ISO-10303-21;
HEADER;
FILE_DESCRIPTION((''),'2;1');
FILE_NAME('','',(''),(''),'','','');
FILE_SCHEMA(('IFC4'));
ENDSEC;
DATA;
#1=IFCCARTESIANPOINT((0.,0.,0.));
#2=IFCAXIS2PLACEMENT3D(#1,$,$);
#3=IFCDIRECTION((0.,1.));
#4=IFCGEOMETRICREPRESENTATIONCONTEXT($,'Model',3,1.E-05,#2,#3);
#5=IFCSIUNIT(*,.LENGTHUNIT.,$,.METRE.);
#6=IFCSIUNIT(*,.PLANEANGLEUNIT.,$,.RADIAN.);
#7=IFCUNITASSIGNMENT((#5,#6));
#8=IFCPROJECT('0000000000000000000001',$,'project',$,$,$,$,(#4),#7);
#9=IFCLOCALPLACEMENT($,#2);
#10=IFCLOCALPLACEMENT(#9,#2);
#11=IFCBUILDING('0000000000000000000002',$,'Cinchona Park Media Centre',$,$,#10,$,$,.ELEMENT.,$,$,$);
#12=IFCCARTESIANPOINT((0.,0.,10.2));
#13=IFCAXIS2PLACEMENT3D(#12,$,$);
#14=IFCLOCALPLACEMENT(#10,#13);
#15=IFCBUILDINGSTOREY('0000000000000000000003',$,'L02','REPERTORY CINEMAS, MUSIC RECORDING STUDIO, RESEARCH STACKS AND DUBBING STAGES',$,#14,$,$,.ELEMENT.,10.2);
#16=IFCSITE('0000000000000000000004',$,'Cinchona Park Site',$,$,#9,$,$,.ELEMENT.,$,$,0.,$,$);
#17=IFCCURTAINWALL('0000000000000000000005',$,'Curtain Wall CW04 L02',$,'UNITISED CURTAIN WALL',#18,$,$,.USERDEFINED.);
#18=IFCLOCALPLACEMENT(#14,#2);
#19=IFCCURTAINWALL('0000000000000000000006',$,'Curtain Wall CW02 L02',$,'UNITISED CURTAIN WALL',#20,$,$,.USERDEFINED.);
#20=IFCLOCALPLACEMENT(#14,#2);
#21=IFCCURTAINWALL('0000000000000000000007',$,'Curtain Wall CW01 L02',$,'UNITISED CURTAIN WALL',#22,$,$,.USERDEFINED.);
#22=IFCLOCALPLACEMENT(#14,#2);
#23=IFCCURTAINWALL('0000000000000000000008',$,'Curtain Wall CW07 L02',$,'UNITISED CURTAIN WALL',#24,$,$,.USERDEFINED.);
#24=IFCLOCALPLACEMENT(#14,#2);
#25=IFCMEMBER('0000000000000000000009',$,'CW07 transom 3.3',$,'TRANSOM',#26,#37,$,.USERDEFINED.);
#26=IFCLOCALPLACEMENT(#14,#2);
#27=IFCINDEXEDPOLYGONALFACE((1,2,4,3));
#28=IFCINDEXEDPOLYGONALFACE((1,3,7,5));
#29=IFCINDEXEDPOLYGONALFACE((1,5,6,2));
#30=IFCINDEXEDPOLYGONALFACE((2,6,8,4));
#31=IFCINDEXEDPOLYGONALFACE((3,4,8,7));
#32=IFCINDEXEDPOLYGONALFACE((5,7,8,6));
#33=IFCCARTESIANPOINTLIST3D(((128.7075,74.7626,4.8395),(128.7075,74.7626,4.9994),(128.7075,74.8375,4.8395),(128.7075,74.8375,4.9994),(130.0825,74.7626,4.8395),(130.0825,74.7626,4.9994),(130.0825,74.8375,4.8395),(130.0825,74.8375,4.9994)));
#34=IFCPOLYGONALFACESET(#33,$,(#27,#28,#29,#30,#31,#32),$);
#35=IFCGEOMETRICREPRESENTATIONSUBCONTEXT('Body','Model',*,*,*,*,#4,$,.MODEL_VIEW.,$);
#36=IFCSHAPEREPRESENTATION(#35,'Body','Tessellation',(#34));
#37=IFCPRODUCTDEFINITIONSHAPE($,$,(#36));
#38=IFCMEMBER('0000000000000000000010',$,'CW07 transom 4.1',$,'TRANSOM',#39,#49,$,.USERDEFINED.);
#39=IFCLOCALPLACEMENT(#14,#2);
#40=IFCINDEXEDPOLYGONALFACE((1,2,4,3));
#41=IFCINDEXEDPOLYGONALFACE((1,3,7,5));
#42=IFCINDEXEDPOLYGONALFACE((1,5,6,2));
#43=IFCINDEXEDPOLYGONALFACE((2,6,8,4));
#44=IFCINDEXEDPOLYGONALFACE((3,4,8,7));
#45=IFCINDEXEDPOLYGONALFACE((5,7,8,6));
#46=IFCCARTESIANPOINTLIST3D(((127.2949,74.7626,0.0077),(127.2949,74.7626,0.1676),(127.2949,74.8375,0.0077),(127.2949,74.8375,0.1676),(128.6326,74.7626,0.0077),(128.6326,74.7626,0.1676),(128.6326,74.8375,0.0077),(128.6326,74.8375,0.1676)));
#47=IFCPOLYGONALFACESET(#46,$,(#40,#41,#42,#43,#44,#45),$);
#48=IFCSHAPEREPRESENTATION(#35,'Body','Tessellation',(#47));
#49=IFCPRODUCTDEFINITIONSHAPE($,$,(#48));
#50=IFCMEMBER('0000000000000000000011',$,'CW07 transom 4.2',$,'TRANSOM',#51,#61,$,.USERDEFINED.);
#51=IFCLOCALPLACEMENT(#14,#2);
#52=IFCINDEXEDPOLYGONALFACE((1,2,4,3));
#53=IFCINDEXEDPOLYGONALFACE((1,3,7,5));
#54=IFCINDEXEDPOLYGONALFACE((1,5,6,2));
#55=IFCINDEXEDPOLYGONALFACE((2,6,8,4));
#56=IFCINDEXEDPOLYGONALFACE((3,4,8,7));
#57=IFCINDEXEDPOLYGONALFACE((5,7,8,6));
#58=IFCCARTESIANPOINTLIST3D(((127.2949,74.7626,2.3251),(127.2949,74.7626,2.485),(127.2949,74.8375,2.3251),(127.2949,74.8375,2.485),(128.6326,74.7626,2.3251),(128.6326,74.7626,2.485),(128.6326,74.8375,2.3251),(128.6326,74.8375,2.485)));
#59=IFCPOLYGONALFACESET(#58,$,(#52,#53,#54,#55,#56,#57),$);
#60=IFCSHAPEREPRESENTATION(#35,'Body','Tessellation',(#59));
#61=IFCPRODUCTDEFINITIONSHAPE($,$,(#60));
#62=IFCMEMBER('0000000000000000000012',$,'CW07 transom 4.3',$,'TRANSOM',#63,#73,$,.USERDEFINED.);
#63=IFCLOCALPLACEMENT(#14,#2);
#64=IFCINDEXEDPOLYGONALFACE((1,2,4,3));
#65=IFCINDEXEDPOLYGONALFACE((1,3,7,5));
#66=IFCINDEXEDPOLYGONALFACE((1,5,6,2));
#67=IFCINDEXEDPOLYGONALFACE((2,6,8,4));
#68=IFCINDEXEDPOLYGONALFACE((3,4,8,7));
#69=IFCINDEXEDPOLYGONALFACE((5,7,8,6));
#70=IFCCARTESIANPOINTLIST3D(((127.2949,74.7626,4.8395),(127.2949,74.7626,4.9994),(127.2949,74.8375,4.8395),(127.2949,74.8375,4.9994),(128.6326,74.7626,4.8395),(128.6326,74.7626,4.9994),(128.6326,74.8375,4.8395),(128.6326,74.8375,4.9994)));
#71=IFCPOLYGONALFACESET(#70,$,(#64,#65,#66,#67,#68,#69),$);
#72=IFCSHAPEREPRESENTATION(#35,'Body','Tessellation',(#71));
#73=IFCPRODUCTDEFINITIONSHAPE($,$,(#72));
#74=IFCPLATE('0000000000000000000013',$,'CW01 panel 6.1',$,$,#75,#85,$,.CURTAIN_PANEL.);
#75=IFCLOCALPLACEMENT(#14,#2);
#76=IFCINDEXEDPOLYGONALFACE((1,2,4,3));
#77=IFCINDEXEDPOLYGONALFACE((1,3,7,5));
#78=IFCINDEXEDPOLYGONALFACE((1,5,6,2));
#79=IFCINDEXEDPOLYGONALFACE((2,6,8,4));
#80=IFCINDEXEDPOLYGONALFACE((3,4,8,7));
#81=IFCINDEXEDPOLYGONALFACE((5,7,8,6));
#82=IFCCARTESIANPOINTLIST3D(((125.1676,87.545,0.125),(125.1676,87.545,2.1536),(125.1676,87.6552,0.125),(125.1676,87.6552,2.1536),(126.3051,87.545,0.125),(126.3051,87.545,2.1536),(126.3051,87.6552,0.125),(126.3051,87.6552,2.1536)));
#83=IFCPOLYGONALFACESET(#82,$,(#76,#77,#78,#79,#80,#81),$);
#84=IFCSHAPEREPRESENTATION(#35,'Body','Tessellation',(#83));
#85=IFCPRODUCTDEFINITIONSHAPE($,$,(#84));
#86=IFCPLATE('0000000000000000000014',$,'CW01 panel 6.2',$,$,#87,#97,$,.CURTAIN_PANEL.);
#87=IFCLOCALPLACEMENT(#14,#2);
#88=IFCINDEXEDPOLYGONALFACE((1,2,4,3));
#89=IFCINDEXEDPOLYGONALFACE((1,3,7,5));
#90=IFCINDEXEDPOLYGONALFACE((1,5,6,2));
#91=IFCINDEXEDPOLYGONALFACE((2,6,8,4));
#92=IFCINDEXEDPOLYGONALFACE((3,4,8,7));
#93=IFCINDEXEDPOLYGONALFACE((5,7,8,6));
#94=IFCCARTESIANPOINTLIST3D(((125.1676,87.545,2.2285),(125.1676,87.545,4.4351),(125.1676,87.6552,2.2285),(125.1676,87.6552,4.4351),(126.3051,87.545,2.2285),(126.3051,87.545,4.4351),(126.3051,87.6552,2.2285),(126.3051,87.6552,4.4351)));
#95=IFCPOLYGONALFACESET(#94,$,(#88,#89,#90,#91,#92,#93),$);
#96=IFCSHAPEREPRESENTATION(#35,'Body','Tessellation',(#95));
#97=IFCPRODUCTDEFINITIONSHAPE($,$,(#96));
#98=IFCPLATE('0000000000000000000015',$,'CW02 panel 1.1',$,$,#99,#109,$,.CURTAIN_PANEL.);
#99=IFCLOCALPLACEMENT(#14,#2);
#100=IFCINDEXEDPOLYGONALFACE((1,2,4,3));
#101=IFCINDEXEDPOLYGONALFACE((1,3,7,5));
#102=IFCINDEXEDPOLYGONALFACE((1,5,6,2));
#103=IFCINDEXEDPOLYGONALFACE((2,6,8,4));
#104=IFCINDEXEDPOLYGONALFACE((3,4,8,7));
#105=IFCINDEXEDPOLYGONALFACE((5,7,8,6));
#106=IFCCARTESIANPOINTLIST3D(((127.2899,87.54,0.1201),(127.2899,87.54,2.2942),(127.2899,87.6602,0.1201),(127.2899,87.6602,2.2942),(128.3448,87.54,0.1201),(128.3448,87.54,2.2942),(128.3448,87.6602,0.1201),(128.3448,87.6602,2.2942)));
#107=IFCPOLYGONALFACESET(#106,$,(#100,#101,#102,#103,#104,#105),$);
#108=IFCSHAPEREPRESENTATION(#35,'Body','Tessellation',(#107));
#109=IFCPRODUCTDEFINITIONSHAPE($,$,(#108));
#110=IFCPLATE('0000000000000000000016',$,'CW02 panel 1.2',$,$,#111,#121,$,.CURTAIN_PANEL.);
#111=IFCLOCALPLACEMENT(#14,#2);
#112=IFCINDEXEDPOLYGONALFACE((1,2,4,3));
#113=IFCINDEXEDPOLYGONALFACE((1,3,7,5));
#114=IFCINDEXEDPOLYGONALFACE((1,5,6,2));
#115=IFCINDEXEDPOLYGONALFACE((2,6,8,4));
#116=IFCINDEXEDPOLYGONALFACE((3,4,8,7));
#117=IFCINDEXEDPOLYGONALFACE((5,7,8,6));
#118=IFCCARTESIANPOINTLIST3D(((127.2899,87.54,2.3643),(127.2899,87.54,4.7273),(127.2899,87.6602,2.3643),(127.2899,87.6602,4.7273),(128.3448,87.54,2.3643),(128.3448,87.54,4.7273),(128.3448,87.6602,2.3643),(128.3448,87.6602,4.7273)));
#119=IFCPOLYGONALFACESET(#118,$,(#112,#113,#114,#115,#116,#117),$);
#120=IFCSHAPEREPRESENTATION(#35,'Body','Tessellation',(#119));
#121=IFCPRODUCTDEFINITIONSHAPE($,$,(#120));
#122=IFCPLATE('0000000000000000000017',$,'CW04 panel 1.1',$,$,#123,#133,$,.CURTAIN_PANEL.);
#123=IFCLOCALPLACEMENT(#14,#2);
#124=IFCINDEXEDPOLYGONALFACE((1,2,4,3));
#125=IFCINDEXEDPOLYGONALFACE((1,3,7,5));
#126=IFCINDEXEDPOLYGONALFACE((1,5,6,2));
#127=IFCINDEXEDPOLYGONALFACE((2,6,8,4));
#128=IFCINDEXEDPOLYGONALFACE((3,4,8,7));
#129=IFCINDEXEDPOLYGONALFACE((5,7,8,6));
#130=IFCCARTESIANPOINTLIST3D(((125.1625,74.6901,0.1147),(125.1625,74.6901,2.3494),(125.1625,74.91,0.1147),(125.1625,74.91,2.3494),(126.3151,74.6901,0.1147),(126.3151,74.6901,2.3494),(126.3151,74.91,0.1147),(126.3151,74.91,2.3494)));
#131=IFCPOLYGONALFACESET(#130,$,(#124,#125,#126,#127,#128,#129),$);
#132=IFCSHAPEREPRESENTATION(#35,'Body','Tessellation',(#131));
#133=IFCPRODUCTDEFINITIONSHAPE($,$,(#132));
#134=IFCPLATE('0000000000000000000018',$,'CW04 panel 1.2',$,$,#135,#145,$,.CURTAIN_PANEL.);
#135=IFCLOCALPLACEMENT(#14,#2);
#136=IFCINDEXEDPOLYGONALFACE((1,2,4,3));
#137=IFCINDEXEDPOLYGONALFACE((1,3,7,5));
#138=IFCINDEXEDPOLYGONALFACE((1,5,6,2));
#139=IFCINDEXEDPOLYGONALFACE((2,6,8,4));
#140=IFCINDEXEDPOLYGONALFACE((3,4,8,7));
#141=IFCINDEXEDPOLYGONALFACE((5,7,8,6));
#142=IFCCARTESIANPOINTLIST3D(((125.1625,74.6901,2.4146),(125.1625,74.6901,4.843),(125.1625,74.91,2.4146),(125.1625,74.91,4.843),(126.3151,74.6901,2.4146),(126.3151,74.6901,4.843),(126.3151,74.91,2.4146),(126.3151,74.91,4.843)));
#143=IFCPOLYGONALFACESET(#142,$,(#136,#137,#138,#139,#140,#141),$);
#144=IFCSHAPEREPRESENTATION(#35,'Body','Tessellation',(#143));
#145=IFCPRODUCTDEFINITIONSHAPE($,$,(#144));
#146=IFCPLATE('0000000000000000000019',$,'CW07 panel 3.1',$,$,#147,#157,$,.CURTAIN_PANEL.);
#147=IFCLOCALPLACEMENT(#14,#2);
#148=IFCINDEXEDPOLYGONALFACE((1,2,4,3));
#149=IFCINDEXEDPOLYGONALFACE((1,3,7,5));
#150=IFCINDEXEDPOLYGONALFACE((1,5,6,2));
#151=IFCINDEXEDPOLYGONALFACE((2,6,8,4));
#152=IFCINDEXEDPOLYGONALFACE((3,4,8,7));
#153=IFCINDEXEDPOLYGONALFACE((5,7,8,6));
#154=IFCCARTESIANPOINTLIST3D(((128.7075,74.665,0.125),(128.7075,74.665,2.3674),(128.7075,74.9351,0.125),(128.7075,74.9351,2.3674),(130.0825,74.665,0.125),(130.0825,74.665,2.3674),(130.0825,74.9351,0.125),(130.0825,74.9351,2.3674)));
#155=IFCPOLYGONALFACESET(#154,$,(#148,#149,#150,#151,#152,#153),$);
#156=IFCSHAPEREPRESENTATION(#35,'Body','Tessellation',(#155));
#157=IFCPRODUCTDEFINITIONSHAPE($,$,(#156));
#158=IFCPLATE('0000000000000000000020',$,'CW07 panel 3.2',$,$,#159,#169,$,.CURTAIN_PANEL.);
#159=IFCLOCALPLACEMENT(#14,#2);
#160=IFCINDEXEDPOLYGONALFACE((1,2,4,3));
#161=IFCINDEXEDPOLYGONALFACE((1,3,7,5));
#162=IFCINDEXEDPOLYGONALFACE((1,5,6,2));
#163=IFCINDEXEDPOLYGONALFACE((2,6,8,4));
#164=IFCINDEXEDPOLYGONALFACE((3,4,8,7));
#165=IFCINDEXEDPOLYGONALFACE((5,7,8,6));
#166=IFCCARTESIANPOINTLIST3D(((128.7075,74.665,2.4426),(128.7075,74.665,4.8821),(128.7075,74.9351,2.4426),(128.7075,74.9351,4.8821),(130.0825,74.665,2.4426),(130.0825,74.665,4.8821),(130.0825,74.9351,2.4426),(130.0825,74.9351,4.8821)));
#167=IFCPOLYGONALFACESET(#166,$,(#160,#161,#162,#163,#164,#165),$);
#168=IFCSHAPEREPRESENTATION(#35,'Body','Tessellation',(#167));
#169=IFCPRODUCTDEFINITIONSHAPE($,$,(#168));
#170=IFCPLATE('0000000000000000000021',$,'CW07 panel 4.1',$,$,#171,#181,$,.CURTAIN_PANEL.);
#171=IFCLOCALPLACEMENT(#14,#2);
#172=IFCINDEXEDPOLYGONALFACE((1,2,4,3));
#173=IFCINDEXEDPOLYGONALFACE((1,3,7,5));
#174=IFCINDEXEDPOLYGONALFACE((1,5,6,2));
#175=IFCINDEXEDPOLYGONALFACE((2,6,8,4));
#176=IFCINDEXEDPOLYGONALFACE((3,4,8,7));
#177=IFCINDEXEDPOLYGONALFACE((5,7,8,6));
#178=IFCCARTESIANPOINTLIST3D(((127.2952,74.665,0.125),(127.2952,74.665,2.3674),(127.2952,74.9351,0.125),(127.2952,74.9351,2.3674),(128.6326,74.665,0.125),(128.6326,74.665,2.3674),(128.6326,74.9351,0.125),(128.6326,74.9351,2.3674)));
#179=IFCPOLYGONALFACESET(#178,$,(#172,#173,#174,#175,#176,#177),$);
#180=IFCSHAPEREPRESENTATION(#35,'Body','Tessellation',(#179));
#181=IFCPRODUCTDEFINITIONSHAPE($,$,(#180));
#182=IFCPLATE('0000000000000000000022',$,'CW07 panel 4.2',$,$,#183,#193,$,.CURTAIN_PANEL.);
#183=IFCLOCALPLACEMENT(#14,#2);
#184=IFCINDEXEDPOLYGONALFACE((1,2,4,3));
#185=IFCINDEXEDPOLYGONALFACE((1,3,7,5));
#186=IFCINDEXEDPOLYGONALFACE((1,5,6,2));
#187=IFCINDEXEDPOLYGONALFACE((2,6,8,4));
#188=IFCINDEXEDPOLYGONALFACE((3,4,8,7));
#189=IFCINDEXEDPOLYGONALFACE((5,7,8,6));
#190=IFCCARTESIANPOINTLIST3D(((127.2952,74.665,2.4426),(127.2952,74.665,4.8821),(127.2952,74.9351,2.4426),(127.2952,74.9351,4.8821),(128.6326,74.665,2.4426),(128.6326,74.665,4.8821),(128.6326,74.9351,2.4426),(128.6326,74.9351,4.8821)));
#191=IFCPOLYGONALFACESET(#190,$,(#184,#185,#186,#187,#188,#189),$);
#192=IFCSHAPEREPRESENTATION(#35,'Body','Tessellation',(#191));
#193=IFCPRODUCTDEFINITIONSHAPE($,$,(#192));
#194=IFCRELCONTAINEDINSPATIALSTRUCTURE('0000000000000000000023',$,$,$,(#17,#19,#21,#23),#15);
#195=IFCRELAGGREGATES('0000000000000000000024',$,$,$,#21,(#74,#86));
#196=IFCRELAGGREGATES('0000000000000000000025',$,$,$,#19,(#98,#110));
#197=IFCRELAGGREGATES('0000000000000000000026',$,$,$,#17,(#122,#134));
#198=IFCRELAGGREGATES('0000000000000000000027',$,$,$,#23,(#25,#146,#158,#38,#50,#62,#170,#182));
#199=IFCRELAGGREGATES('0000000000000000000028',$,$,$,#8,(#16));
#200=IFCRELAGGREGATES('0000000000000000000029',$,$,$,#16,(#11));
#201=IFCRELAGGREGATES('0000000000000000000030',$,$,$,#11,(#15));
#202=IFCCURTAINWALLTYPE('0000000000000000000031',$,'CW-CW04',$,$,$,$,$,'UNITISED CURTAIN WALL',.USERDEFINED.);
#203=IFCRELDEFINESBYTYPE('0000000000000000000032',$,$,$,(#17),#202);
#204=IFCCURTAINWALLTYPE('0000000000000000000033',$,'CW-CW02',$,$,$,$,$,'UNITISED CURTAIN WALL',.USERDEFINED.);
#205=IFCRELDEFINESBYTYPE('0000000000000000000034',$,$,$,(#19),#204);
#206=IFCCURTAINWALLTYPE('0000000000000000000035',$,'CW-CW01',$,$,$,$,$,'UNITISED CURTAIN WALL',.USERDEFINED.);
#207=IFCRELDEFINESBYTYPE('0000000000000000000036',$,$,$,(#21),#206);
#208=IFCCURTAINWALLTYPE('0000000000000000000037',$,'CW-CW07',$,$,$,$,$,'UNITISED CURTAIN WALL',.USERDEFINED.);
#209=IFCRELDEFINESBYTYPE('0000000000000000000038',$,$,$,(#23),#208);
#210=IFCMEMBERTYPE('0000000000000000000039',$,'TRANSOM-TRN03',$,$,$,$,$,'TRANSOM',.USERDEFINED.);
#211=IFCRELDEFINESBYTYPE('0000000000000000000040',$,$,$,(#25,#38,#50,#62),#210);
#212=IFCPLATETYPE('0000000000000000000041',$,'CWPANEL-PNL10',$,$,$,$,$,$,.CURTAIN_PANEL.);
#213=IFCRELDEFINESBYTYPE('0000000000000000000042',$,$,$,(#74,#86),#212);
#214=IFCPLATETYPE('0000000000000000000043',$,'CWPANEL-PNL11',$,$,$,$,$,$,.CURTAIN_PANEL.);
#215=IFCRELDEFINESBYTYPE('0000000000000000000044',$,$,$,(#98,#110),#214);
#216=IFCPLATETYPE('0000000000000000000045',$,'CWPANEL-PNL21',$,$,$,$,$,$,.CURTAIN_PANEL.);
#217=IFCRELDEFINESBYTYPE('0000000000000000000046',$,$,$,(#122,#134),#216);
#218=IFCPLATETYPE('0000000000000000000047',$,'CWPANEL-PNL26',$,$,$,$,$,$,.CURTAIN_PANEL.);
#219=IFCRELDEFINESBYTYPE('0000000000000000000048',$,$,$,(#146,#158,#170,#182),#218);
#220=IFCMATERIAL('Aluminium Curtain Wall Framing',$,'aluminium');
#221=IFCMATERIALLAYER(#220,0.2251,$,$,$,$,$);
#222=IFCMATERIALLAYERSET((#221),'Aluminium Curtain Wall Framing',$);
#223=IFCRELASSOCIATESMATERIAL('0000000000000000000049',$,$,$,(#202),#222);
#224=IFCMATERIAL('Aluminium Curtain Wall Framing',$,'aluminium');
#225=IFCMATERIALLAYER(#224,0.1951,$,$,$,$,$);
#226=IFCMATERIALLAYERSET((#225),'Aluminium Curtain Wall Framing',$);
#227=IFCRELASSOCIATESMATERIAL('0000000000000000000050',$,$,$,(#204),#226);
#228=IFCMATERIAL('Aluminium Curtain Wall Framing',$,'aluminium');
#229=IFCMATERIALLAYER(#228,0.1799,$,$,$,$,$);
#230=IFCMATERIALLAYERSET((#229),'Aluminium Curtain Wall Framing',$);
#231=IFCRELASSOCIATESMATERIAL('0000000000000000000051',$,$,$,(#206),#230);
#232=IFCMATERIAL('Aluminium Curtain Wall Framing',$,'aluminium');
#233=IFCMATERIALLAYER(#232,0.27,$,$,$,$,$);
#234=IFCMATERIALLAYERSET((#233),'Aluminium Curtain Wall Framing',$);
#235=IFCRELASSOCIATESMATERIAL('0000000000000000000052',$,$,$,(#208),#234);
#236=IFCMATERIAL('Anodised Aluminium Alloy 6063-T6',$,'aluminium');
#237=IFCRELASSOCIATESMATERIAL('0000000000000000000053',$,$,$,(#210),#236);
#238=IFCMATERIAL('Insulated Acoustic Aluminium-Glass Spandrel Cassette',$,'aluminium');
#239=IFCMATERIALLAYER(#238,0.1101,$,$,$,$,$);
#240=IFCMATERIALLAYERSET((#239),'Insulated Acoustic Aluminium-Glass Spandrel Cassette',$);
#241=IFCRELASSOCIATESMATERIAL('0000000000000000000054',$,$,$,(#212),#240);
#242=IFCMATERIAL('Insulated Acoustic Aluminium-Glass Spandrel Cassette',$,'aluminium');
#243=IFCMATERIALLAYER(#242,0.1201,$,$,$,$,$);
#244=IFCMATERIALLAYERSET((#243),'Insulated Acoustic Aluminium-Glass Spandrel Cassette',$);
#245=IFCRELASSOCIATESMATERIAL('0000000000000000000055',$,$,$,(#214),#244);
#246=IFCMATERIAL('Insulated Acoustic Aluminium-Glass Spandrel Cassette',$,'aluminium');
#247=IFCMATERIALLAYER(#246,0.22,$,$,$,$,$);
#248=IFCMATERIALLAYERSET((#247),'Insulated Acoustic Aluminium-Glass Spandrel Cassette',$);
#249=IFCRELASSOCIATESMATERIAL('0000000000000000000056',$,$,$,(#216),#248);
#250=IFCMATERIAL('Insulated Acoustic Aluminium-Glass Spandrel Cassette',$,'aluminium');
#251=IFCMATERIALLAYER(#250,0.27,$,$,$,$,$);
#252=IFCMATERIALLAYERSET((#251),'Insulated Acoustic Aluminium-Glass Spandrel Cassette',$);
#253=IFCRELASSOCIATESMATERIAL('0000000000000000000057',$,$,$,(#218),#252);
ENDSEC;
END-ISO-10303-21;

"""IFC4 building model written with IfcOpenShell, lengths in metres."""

from ifc_helpers import new_model, si_unit, direction, frame, origin, origin_2d, place, context, subcontext, project, spatial, rectangle, extrude, material, layer, layer_set, material_profile, profile_set, type_object, element, aggregate, save


model = new_model("IFC4")

# Units and contexts
model_context = context("Model", 3, precision=1e-05, world=origin(), true_north=direction((0.0, 1.0)))
body_context = subcontext(model_context, "Body", "Model", "MODEL_VIEW")
ifc_project = project(units=[si_unit("LENGTHUNIT", "METRE"), si_unit("PLANEANGLEUNIT", "RADIAN")], contexts=[model_context])

# Site, building, storey
site_placement = place(None, origin())
site = spatial("IfcSite", under=ifc_project, at=site_placement, Name="Cinchona Park Site", CompositionType="ELEMENT", RefElevation=0.0)
building_placement = place(site_placement, origin())
building = spatial("IfcBuilding", under=site, at=building_placement, Name="Cinchona Park Media Centre", CompositionType="ELEMENT")
storey_placement = place(building_placement, frame((0.0, 0.0, 10.2)))
storey = spatial("IfcBuildingStorey", under=building, at=storey_placement, Name="L02", Description="REPERTORY CINEMAS, MUSIC RECORDING STUDIO, RESEARCH STACKS AND DUBBING STAGES", CompositionType="ELEMENT", Elevation=10.2)

# Curtain wall
ifc_material_1 = material(Name="Aluminium Curtain Wall Framing", Category="aluminium")
ifc_layer_1 = layer(ifc_material_1, 0.2251)
ifc_layer_set_1 = layer_set([ifc_layer_1], Name="Aluminium Curtain Wall Framing")
curtain_wall_type_1 = type_object("IfcCurtainWallType", Name="CW-CW04", ElementType="UNITISED CURTAIN WALL", PredefinedType="USERDEFINED", material=ifc_layer_set_1)
curtain_wall_1_placement = place(storey_placement, origin())
curtain_wall_1 = element("IfcCurtainWall", 1, at=curtain_wall_1_placement, inside=storey, type_object=curtain_wall_type_1, Name="Curtain Wall CW04 L02", ObjectType="UNITISED CURTAIN WALL", PredefinedType="USERDEFINED")

# Curtain wall
ifc_material_2 = material(Name="Aluminium Curtain Wall Framing", Category="aluminium")
ifc_layer_2 = layer(ifc_material_2, 0.1951)
ifc_layer_set_2 = layer_set([ifc_layer_2], Name="Aluminium Curtain Wall Framing")
curtain_wall_type_2 = type_object("IfcCurtainWallType", Name="CW-CW02", ElementType="UNITISED CURTAIN WALL", PredefinedType="USERDEFINED", material=ifc_layer_set_2)
curtain_wall_2_placement = place(storey_placement, origin())
curtain_wall_2 = element("IfcCurtainWall", 2, at=curtain_wall_2_placement, inside=storey, type_object=curtain_wall_type_2, Name="Curtain Wall CW02 L02", ObjectType="UNITISED CURTAIN WALL", PredefinedType="USERDEFINED")

# Curtain wall
ifc_material_3 = material(Name="Aluminium Curtain Wall Framing", Category="aluminium")
ifc_layer_3 = layer(ifc_material_3, 0.1799)
ifc_layer_set_3 = layer_set([ifc_layer_3], Name="Aluminium Curtain Wall Framing")
curtain_wall_type_3 = type_object("IfcCurtainWallType", Name="CW-CW01", ElementType="UNITISED CURTAIN WALL", PredefinedType="USERDEFINED", material=ifc_layer_set_3)
curtain_wall_3_placement = place(storey_placement, origin())
curtain_wall_3 = element("IfcCurtainWall", 3, at=curtain_wall_3_placement, inside=storey, type_object=curtain_wall_type_3, Name="Curtain Wall CW01 L02", ObjectType="UNITISED CURTAIN WALL", PredefinedType="USERDEFINED")

# Curtain wall
ifc_material_4 = material(Name="Aluminium Curtain Wall Framing", Category="aluminium")
ifc_layer_4 = layer(ifc_material_4, 0.27)
ifc_layer_set_4 = layer_set([ifc_layer_4], Name="Aluminium Curtain Wall Framing")
curtain_wall_type_4 = type_object("IfcCurtainWallType", Name="CW-CW07", ElementType="UNITISED CURTAIN WALL", PredefinedType="USERDEFINED", material=ifc_layer_set_4)
curtain_wall_4_placement = place(storey_placement, origin())
curtain_wall_4 = element("IfcCurtainWall", 4, at=curtain_wall_4_placement, inside=storey, type_object=curtain_wall_type_4, Name="Curtain Wall CW07 L02", ObjectType="UNITISED CURTAIN WALL", PredefinedType="USERDEFINED")

# Members
ifc_material_5 = material(Name="Anodised Aluminium Alloy 6063-T6", Category="aluminium")
ifc_material_profile_1 = material_profile(ifc_material_5, rectangle(XDim=0.075, YDim=0.1599, at=origin_2d()), Name="TRN-75X160")
ifc_profile_set_1 = profile_set([ifc_material_profile_1], Name="Anodised Aluminium Alloy 6063-T6")
member_type_1 = type_object("IfcMemberType", Name="TRANSOM-TRN03", ElementType="TRANSOM", PredefinedType="USERDEFINED", material=ifc_profile_set_1)
member_1_placement = place(storey_placement, frame((130.0825, 74.8, 4.9194), z_axis=(-1.0, 0.0, 0.0), x_axis=(0.0, -1.0, 0.0)))
member_1 = element("IfcMember", 5, at=member_1_placement, type_object=member_type_1, Name="CW07 transom 3.3", ObjectType="TRANSOM", PredefinedType="USERDEFINED", context=body_context, shape_type="SweptSolid", body=[
    extrude(rectangle(XDim=0.075, YDim=0.1599, at=origin_2d()), origin(), (0.0, 0.0, 1.0), 1.375),
])
member_2_placement = place(storey_placement, frame((128.6326, 74.8, 0.0876), z_axis=(-1.0, 0.0, 0.0), x_axis=(0.0, -1.0, 0.0)))
member_2 = element("IfcMember", 6, at=member_2_placement, type_object=member_type_1, Name="CW07 transom 4.1", ObjectType="TRANSOM", PredefinedType="USERDEFINED", context=body_context, shape_type="SweptSolid", body=[
    extrude(rectangle(XDim=0.075, YDim=0.1599, at=origin_2d()), origin(), (0.0, 0.0, 1.0), 1.3376),
])
member_3_placement = place(storey_placement, frame((128.6326, 74.8, 2.405), z_axis=(-1.0, 0.0, 0.0), x_axis=(0.0, -1.0, 0.0)))
member_3 = element("IfcMember", 7, at=member_3_placement, type_object=member_type_1, Name="CW07 transom 4.2", ObjectType="TRANSOM", PredefinedType="USERDEFINED", context=body_context, shape_type="SweptSolid", body=[
    extrude(rectangle(XDim=0.075, YDim=0.1599, at=origin_2d()), origin(), (0.0, 0.0, 1.0), 1.3376),
])
member_4_placement = place(storey_placement, frame((128.6326, 74.8, 4.9194), z_axis=(-1.0, 0.0, 0.0), x_axis=(0.0, -1.0, 0.0)))
member_4 = element("IfcMember", 8, at=member_4_placement, type_object=member_type_1, Name="CW07 transom 4.3", ObjectType="TRANSOM", PredefinedType="USERDEFINED", context=body_context, shape_type="SweptSolid", body=[
    extrude(rectangle(XDim=0.075, YDim=0.1599, at=origin_2d()), origin(), (0.0, 0.0, 1.0), 1.3376),
])

# Plates
ifc_material_6 = material(Name="Insulated Acoustic Aluminium-Glass Spandrel Cassette", Category="aluminium")
ifc_layer_5 = layer(ifc_material_6, 0.1101)
ifc_layer_set_5 = layer_set([ifc_layer_5], Name="Insulated Acoustic Aluminium-Glass Spandrel Cassette")
plate_type_1 = type_object("IfcPlateType", Name="CWPANEL-PNL10", PredefinedType="CURTAIN_PANEL", material=ifc_layer_set_5)
plate_1_placement = place(storey_placement, frame((125.7363, 87.6001, 0.125), z_axis=(0.0, 0.0, 1.0), x_axis=(1.0, 0.0, 0.0)))
plate_1 = element("IfcPlate", 9, at=plate_1_placement, type_object=plate_type_1, Name="CW01 panel 6.1", PredefinedType="CURTAIN_PANEL", context=body_context, shape_type="SweptSolid", body=[
    extrude(rectangle(XDim=1.1375, YDim=0.1101, at=origin_2d()), origin(), (0.0, 0.0, 1.0), 2.0286),
])
plate_2_placement = place(storey_placement, frame((125.7363, 87.6001, 2.2285), z_axis=(0.0, 0.0, 1.0), x_axis=(1.0, 0.0, 0.0)))
plate_2 = element("IfcPlate", 10, at=plate_2_placement, type_object=plate_type_1, Name="CW01 panel 6.2", PredefinedType="CURTAIN_PANEL", context=body_context, shape_type="SweptSolid", body=[
    extrude(rectangle(XDim=1.1375, YDim=0.1101, at=origin_2d()), origin(), (0.0, 0.0, 1.0), 2.2065),
])
aggregate(curtain_wall_3, [plate_1, plate_2])
ifc_material_7 = material(Name="Insulated Acoustic Aluminium-Glass Spandrel Cassette", Category="aluminium")
ifc_layer_6 = layer(ifc_material_7, 0.1201)
ifc_layer_set_6 = layer_set([ifc_layer_6], Name="Insulated Acoustic Aluminium-Glass Spandrel Cassette")
plate_type_2 = type_object("IfcPlateType", Name="CWPANEL-PNL11", PredefinedType="CURTAIN_PANEL", material=ifc_layer_set_6)
plate_3_placement = place(storey_placement, frame((127.8174, 87.6001, 0.1201), z_axis=(0.0, 0.0, 1.0), x_axis=(1.0, 0.0, 0.0)))
plate_3 = element("IfcPlate", 11, at=plate_3_placement, type_object=plate_type_2, Name="CW02 panel 1.1", PredefinedType="CURTAIN_PANEL", context=body_context, shape_type="SweptSolid", body=[
    extrude(rectangle(XDim=1.0549, YDim=0.1201, at=origin_2d()), origin(), (0.0, 0.0, 1.0), 2.1741),
])
plate_4_placement = place(storey_placement, frame((127.8174, 87.6001, 2.3643), z_axis=(0.0, 0.0, 1.0), x_axis=(1.0, 0.0, 0.0)))
plate_4 = element("IfcPlate", 12, at=plate_4_placement, type_object=plate_type_2, Name="CW02 panel 1.2", PredefinedType="CURTAIN_PANEL", context=body_context, shape_type="SweptSolid", body=[
    extrude(rectangle(XDim=1.0549, YDim=0.1201, at=origin_2d()), origin(), (0.0, 0.0, 1.0), 2.363),
])
aggregate(curtain_wall_2, [plate_3, plate_4])
ifc_material_8 = material(Name="Insulated Acoustic Aluminium-Glass Spandrel Cassette", Category="aluminium")
ifc_layer_7 = layer(ifc_material_8, 0.22)
ifc_layer_set_7 = layer_set([ifc_layer_7], Name="Insulated Acoustic Aluminium-Glass Spandrel Cassette")
plate_type_3 = type_object("IfcPlateType", Name="CWPANEL-PNL21", PredefinedType="CURTAIN_PANEL", material=ifc_layer_set_7)
plate_5_placement = place(storey_placement, frame((125.7388, 74.8, 0.1147), z_axis=(0.0, 0.0, 1.0), x_axis=(-1.0, 0.0, 0.0)))
plate_5 = element("IfcPlate", 13, at=plate_5_placement, type_object=plate_type_3, Name="CW04 panel 1.1", PredefinedType="CURTAIN_PANEL", context=body_context, shape_type="SweptSolid", body=[
    extrude(rectangle(XDim=1.1526, YDim=0.22, at=origin_2d()), origin(), (0.0, 0.0, 1.0), 2.2346),
])
plate_6_placement = place(storey_placement, frame((125.7388, 74.8, 2.4146), z_axis=(0.0, 0.0, 1.0), x_axis=(-1.0, 0.0, 0.0)))
plate_6 = element("IfcPlate", 14, at=plate_6_placement, type_object=plate_type_3, Name="CW04 panel 1.2", PredefinedType="CURTAIN_PANEL", context=body_context, shape_type="SweptSolid", body=[
    extrude(rectangle(XDim=1.1526, YDim=0.22, at=origin_2d()), origin(), (0.0, 0.0, 1.0), 2.4285),
])
aggregate(curtain_wall_1, [plate_5, plate_6])
ifc_material_9 = material(Name="Insulated Acoustic Aluminium-Glass Spandrel Cassette", Category="aluminium")
ifc_layer_8 = layer(ifc_material_9, 0.27)
ifc_layer_set_8 = layer_set([ifc_layer_8], Name="Insulated Acoustic Aluminium-Glass Spandrel Cassette")
plate_type_4 = type_object("IfcPlateType", Name="CWPANEL-PNL26", PredefinedType="CURTAIN_PANEL", material=ifc_layer_set_8)
plate_7_placement = place(storey_placement, frame((129.395, 74.8, 0.125), z_axis=(0.0, 0.0, 1.0), x_axis=(-1.0, 0.0, 0.0)))
plate_7 = element("IfcPlate", 15, at=plate_7_placement, type_object=plate_type_4, Name="CW07 panel 3.1", PredefinedType="CURTAIN_PANEL", context=body_context, shape_type="SweptSolid", body=[
    extrude(rectangle(XDim=1.375, YDim=0.27, at=origin_2d()), origin(), (0.0, 0.0, 1.0), 2.2424),
])
plate_8_placement = place(storey_placement, frame((129.395, 74.8, 2.4426), z_axis=(0.0, 0.0, 1.0), x_axis=(-1.0, 0.0, 0.0)))
plate_8 = element("IfcPlate", 16, at=plate_8_placement, type_object=plate_type_4, Name="CW07 panel 3.2", PredefinedType="CURTAIN_PANEL", context=body_context, shape_type="SweptSolid", body=[
    extrude(rectangle(XDim=1.375, YDim=0.27, at=origin_2d()), origin(), (0.0, 0.0, 1.0), 2.4395),
])
plate_9_placement = place(storey_placement, frame((127.9639, 74.8, 0.125), z_axis=(0.0, 0.0, 1.0), x_axis=(-1.0, 0.0, 0.0)))
plate_9 = element("IfcPlate", 17, at=plate_9_placement, type_object=plate_type_4, Name="CW07 panel 4.1", PredefinedType="CURTAIN_PANEL", context=body_context, shape_type="SweptSolid", body=[
    extrude(rectangle(XDim=1.3374, YDim=0.27, at=origin_2d()), origin(), (0.0, 0.0, 1.0), 2.2424),
])
plate_10_placement = place(storey_placement, frame((127.9639, 74.8, 2.4426), z_axis=(0.0, 0.0, 1.0), x_axis=(-1.0, 0.0, 0.0)))
plate_10 = element("IfcPlate", 18, at=plate_10_placement, type_object=plate_type_4, Name="CW07 panel 4.2", PredefinedType="CURTAIN_PANEL", context=body_context, shape_type="SweptSolid", body=[
    extrude(rectangle(XDim=1.3374, YDim=0.27, at=origin_2d()), origin(), (0.0, 0.0, 1.0), 2.4395),
])
aggregate(curtain_wall_4, [member_1, plate_7, plate_8, member_2, member_3, member_4, plate_9, plate_10])

save(model, "model.ifc")
